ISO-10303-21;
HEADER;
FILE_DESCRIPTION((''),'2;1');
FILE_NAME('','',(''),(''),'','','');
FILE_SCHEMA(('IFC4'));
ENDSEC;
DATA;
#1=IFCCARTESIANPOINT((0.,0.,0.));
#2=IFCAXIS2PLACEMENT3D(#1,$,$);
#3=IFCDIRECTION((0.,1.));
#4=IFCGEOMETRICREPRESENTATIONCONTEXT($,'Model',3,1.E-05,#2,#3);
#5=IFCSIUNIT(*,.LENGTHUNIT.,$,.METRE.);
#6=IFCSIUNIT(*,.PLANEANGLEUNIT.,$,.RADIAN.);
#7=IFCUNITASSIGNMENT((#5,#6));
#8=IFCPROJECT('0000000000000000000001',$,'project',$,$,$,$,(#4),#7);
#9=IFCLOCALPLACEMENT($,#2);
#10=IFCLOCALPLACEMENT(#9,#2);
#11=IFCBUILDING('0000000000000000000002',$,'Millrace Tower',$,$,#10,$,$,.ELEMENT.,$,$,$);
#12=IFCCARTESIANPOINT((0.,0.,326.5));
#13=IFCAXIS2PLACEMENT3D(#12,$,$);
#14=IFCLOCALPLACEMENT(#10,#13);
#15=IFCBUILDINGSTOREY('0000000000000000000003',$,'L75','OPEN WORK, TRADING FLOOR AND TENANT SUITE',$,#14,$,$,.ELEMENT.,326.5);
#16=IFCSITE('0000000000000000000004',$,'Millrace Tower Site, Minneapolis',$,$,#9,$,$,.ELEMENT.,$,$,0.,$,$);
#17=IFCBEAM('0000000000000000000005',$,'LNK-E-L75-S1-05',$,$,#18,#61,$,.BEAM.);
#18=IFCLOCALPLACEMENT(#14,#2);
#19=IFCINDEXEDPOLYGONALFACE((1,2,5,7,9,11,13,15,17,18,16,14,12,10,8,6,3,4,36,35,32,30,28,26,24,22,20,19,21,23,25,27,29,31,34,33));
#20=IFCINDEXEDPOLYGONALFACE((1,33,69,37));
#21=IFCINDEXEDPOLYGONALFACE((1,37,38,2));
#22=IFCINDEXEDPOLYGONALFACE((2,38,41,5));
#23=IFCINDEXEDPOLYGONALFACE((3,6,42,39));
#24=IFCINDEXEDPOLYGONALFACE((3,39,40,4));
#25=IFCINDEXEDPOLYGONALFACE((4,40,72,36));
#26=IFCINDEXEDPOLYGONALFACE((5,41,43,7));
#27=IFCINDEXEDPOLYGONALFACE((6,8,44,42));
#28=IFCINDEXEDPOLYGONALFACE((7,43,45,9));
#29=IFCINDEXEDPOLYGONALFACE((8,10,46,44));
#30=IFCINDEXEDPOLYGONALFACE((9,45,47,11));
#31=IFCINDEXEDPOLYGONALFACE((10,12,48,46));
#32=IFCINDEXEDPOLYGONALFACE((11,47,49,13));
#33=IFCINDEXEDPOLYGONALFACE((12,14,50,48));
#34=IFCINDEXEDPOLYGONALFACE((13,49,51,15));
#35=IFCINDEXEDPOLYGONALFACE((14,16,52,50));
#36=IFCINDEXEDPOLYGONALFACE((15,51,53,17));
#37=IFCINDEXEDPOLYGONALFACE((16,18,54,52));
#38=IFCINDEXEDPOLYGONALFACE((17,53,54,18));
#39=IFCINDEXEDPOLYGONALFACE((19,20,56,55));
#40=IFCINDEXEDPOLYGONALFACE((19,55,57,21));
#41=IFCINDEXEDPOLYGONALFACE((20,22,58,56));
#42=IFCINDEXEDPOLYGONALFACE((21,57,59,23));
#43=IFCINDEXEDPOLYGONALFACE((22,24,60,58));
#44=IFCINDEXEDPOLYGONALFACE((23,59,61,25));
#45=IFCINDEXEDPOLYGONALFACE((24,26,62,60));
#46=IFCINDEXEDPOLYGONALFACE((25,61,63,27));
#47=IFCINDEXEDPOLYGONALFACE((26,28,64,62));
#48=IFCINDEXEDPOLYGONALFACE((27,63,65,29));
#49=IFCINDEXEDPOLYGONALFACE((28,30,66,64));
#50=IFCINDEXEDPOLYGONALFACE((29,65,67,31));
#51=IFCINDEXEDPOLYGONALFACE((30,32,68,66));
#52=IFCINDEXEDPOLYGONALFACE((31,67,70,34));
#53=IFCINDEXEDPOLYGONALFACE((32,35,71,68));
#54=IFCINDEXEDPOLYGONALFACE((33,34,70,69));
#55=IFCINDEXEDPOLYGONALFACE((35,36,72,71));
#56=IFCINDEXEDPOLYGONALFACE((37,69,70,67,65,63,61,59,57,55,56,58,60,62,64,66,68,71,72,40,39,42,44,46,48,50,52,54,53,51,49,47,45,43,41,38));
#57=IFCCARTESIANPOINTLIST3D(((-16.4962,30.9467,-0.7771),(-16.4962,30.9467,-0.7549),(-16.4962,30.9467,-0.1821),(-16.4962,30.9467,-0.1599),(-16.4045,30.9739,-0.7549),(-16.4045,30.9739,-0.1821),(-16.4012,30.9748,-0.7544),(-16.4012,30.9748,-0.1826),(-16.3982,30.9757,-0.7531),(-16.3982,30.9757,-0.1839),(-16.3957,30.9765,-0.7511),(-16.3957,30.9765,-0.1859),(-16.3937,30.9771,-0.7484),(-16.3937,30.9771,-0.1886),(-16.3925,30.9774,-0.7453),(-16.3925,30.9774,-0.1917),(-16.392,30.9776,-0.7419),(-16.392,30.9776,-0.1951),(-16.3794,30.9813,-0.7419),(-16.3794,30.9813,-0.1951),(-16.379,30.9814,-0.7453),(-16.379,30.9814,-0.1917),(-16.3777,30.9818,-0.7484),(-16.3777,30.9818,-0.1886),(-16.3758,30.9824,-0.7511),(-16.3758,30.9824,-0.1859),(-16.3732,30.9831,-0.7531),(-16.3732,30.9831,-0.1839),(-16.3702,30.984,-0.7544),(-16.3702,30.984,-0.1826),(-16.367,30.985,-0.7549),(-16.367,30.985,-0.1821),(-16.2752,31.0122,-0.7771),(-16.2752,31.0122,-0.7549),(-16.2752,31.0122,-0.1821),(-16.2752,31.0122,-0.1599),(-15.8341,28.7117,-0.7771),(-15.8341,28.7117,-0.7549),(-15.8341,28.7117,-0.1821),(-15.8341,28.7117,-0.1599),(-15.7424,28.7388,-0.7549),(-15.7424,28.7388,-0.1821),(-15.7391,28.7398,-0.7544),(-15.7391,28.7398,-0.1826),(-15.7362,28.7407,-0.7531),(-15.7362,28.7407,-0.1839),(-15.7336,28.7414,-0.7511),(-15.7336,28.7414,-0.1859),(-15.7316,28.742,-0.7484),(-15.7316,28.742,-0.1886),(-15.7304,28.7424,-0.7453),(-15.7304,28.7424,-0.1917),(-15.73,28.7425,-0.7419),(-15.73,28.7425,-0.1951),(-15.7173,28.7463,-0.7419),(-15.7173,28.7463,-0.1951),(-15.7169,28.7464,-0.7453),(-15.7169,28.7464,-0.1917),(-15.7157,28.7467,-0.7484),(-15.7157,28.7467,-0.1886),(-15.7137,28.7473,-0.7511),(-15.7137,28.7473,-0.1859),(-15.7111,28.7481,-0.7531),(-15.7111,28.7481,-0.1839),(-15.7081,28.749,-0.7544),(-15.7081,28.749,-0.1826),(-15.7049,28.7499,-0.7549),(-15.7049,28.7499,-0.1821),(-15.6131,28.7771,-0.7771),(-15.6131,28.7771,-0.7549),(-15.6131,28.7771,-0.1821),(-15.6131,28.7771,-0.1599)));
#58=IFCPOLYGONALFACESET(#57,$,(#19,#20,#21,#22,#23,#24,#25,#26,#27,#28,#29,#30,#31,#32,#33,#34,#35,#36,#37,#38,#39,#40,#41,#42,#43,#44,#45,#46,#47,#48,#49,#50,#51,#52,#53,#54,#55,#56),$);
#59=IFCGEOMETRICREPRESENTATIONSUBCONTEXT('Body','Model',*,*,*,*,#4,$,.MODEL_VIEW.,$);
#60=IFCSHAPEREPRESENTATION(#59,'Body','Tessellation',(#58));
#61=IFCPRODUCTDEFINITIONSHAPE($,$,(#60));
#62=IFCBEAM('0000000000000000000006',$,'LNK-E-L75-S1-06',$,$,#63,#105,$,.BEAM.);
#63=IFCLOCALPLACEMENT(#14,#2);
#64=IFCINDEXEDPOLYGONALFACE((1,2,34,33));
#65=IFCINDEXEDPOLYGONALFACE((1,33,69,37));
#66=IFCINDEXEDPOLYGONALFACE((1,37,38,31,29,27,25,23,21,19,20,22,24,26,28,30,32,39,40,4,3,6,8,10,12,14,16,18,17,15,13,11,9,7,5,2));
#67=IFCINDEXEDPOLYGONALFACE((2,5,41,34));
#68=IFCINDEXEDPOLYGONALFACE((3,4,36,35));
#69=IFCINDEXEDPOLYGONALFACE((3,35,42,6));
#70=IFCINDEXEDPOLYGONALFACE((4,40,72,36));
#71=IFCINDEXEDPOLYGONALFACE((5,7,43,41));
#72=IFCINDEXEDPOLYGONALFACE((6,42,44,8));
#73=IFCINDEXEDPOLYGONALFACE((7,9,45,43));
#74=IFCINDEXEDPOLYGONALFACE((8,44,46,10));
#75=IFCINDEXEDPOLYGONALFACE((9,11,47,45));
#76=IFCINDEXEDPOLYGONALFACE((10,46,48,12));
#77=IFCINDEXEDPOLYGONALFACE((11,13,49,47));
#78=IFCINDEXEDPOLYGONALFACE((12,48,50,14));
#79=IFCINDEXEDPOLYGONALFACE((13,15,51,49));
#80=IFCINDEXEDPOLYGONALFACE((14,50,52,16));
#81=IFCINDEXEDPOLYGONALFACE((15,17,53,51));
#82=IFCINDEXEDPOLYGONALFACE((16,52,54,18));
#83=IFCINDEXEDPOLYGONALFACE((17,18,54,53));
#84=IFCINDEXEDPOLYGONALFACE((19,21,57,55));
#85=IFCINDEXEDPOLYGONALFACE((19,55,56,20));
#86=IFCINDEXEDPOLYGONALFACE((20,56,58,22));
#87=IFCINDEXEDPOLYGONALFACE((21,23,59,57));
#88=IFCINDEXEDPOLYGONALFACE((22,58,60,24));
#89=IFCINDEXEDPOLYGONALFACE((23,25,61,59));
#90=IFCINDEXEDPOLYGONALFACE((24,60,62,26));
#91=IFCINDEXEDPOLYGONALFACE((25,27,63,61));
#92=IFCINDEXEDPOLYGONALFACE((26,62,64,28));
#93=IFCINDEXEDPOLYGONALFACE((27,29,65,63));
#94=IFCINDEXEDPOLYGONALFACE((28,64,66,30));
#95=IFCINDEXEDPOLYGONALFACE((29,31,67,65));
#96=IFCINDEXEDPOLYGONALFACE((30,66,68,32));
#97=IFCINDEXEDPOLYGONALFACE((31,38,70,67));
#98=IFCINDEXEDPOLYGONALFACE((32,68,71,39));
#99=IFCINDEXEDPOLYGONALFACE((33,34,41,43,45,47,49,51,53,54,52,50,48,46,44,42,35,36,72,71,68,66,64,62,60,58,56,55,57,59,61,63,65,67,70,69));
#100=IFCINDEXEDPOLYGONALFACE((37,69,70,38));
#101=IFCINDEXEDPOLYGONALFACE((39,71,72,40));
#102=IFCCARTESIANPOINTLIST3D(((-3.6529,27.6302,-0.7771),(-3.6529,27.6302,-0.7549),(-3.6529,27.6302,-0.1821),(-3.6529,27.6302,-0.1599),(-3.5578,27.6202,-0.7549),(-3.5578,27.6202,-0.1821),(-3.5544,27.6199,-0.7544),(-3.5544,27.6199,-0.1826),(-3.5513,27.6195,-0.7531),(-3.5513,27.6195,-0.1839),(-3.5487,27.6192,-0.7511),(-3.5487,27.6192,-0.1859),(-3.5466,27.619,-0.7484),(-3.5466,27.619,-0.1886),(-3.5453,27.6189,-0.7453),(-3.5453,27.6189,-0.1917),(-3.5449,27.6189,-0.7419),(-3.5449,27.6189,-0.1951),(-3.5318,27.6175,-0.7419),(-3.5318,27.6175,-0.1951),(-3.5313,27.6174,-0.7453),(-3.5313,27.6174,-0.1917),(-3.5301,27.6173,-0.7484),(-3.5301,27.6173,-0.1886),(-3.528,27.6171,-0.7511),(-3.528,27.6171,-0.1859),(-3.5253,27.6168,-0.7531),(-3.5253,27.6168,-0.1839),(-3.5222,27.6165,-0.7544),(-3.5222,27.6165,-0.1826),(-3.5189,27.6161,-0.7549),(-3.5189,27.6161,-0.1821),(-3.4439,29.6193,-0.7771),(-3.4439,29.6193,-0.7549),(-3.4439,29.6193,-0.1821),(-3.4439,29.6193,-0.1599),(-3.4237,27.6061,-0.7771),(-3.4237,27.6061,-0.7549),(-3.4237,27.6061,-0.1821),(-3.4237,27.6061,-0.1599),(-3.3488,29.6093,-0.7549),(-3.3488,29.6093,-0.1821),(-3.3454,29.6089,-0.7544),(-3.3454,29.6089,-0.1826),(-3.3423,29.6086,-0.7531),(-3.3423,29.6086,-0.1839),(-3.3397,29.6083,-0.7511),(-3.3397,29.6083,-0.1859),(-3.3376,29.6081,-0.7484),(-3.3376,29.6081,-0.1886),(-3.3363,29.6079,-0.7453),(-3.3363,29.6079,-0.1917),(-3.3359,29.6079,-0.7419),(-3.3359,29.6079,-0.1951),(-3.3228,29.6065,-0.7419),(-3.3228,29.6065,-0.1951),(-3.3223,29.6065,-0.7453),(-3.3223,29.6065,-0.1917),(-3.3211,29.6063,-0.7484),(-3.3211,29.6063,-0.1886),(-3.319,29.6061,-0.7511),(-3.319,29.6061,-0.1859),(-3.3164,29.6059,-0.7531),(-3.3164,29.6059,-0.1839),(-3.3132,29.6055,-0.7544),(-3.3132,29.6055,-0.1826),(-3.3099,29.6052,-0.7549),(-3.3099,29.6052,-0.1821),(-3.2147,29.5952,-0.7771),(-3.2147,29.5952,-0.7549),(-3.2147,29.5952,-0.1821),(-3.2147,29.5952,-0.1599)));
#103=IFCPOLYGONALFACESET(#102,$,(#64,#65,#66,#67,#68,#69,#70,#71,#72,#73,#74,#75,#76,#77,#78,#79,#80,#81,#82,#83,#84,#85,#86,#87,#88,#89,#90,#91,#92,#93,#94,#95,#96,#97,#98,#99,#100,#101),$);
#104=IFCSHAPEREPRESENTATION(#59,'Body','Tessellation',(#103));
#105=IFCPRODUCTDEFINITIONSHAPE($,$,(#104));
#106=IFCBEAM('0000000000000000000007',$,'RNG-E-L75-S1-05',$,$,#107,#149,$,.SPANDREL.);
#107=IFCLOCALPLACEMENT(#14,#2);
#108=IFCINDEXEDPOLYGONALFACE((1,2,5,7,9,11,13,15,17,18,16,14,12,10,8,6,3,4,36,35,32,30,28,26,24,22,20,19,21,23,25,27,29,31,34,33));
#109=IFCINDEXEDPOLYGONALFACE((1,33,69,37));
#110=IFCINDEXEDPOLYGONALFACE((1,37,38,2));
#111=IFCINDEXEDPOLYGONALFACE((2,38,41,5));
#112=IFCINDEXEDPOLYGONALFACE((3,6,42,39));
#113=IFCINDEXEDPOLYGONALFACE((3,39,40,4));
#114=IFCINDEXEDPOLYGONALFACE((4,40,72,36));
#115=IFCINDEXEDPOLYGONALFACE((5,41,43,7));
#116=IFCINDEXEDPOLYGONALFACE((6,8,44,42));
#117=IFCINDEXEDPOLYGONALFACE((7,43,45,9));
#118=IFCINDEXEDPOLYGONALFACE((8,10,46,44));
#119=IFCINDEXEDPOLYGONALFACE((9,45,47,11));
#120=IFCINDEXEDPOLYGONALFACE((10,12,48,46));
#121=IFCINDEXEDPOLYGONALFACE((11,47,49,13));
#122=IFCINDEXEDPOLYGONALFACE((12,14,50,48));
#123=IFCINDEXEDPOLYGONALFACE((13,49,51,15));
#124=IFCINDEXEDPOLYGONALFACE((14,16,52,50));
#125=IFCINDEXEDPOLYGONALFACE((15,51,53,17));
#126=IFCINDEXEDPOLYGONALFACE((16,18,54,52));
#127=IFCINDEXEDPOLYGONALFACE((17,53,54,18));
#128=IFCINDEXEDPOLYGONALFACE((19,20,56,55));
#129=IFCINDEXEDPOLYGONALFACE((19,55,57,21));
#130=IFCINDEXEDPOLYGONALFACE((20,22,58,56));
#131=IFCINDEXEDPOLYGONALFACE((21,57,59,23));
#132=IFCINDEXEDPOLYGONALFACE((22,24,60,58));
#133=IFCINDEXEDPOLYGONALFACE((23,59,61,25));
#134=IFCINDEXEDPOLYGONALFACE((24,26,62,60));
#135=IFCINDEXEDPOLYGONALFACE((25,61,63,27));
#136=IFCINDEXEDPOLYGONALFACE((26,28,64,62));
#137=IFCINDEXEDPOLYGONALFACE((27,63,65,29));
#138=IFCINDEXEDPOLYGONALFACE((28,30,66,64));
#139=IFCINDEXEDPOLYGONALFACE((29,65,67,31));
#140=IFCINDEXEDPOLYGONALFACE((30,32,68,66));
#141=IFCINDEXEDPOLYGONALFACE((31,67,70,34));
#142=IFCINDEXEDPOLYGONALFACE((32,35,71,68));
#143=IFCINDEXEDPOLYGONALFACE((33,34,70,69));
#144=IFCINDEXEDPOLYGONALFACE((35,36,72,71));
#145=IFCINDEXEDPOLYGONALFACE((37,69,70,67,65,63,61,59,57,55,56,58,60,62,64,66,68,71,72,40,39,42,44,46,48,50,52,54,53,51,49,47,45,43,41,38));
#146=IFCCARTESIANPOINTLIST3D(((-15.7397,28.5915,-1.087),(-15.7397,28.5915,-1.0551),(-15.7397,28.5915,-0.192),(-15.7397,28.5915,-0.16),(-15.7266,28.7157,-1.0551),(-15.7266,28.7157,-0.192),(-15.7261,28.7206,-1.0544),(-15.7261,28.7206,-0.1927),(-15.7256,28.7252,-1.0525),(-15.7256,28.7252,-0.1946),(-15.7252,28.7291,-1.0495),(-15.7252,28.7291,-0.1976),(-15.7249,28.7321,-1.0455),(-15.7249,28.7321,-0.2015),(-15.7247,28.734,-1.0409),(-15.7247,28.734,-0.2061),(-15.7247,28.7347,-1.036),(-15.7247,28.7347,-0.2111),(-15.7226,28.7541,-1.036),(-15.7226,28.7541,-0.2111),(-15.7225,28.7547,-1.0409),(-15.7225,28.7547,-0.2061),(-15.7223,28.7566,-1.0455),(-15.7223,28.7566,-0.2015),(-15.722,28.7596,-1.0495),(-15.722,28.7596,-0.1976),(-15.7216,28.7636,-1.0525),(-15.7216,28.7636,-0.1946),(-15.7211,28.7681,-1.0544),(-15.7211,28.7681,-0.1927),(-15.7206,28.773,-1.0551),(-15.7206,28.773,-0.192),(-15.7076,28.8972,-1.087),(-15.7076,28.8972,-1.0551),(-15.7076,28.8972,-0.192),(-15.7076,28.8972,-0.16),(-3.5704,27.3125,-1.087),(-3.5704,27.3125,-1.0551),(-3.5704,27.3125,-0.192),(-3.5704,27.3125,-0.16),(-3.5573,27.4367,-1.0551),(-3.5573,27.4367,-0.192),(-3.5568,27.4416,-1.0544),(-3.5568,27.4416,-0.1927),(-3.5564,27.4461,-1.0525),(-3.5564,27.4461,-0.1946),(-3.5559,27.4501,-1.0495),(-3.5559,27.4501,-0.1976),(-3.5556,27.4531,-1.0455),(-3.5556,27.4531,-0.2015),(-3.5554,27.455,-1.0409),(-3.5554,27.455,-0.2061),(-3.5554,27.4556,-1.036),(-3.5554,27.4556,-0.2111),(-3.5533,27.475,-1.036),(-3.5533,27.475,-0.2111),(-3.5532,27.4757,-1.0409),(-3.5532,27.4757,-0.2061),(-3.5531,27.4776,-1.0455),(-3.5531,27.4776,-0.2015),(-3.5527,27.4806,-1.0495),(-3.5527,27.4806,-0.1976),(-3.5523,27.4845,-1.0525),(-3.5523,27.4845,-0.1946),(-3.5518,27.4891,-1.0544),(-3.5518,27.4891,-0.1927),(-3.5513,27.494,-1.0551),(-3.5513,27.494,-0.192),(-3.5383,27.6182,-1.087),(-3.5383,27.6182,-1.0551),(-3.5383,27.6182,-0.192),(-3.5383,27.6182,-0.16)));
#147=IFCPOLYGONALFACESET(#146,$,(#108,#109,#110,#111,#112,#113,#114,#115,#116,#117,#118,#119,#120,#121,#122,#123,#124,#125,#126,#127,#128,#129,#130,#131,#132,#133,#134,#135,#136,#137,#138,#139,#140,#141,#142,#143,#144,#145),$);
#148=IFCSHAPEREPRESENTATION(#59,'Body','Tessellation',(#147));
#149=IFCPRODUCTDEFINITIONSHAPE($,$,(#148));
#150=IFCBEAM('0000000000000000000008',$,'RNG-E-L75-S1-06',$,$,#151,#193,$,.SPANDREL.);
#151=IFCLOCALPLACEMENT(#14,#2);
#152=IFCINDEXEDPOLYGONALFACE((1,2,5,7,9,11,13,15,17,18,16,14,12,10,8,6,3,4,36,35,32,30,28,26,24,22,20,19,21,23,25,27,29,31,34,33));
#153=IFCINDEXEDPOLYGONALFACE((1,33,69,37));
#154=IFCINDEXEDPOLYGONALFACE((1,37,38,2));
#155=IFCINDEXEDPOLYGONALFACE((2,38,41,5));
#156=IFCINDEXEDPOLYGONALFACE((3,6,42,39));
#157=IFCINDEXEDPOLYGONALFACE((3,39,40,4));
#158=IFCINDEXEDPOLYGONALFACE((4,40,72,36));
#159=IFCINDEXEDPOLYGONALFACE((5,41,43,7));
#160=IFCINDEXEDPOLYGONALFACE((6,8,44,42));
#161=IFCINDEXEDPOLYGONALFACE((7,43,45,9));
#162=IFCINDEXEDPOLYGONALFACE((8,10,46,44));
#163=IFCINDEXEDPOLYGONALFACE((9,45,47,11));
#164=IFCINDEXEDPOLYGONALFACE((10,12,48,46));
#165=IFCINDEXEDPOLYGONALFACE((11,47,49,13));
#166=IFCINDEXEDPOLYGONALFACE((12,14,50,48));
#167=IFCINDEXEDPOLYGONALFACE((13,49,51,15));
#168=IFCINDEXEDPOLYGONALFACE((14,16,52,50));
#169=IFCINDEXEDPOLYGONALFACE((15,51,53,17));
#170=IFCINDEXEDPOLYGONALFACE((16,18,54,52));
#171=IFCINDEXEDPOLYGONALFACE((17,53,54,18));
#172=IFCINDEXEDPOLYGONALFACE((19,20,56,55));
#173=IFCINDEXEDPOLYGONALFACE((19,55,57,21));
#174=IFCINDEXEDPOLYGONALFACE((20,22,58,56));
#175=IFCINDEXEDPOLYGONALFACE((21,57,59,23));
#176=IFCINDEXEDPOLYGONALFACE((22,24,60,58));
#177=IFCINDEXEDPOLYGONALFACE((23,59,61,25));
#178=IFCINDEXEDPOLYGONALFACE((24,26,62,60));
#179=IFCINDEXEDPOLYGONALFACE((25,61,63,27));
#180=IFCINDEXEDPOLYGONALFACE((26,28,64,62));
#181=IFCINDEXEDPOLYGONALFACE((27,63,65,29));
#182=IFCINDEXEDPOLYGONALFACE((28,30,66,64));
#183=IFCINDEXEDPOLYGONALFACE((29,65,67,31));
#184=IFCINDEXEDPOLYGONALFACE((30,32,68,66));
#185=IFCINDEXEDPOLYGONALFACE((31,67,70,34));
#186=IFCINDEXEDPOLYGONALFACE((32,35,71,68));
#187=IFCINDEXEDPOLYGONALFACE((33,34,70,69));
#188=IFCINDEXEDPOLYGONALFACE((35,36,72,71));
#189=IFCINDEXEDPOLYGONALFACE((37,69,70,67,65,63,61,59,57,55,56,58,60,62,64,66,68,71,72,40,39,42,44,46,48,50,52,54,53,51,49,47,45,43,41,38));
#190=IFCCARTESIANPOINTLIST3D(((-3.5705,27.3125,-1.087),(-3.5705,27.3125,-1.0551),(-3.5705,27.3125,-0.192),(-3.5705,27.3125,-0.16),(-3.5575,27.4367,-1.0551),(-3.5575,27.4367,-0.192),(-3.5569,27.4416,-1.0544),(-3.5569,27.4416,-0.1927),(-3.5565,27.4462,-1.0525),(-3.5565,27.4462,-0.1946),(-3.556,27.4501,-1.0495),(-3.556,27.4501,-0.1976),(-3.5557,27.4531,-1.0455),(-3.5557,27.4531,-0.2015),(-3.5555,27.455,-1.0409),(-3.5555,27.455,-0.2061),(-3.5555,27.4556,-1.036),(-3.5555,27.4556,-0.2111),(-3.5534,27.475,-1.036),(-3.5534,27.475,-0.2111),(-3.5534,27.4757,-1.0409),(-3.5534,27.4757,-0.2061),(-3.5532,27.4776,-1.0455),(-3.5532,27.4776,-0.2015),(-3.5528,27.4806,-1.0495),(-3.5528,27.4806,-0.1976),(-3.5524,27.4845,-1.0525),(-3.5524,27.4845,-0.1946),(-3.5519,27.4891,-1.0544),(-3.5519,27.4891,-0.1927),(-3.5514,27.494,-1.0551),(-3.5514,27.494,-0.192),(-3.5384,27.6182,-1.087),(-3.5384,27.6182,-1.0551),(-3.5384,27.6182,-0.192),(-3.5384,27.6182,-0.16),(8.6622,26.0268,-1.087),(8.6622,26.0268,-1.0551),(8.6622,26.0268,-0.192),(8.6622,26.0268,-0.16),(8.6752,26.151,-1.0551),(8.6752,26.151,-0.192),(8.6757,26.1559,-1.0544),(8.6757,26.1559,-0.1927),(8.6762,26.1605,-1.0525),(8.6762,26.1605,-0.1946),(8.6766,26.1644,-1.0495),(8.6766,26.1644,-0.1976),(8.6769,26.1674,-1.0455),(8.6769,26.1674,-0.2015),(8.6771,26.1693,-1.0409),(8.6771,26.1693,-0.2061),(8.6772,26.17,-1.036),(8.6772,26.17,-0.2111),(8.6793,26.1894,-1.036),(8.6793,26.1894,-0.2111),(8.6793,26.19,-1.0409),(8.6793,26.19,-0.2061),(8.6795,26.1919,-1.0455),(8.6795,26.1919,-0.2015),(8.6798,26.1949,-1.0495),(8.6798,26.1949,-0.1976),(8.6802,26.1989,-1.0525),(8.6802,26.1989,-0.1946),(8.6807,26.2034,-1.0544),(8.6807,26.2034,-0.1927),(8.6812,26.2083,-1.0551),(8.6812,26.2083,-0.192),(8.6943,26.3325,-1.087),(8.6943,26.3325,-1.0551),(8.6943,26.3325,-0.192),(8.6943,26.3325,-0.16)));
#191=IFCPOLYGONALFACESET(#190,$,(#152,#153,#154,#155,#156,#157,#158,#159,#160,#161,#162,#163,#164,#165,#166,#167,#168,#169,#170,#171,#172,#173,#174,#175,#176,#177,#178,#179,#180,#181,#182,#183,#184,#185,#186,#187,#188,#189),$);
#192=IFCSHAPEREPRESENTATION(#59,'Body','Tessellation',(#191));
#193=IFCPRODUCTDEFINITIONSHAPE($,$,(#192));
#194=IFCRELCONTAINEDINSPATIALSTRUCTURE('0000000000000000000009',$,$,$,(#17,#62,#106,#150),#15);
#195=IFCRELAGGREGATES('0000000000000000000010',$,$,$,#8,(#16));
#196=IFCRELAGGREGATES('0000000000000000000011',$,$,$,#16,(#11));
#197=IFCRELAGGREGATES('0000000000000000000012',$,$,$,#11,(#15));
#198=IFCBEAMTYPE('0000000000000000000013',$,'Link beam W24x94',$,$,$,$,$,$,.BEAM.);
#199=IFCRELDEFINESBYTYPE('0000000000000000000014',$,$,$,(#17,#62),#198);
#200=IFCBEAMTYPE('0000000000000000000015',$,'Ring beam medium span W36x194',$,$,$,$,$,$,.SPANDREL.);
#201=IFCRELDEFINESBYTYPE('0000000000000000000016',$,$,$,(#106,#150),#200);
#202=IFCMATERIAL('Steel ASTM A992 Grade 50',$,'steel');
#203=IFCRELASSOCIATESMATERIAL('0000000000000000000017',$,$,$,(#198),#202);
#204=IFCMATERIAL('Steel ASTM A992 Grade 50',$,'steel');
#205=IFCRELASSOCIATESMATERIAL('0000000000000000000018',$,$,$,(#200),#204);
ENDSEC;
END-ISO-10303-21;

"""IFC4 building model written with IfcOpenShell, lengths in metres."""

from ifc_helpers import new_model, si_unit, direction, frame, origin, origin_2d, place, context, subcontext, project, spatial, i_section, extrude, material, material_profile, profile_set, type_object, element, save


model = new_model("IFC4")

# Units and contexts
model_context = context("Model", 3, precision=1e-05, world=origin(), true_north=direction((0.0, 1.0)))
body_context = subcontext(model_context, "Body", "Model", "MODEL_VIEW")
ifc_project = project(units=[si_unit("LENGTHUNIT", "METRE"), si_unit("PLANEANGLEUNIT", "RADIAN")], contexts=[model_context])

# Site, building, storey
site_placement = place(None, origin())
site = spatial("IfcSite", under=ifc_project, at=site_placement, Name="Millrace Tower Site, Minneapolis", CompositionType="ELEMENT", RefElevation=0.0)
building_placement = place(site_placement, origin())
building = spatial("IfcBuilding", under=site, at=building_placement, Name="Millrace Tower", CompositionType="ELEMENT")
storey_placement = place(building_placement, frame((0.0, 0.0, 326.5)))
storey = spatial("IfcBuildingStorey", under=building, at=storey_placement, Name="L75", Description="OPEN WORK, TRADING FLOOR AND TENANT SUITE", CompositionType="ELEMENT", Elevation=326.5)

# Beams
ifc_material_1 = material(Name="Steel ASTM A992 Grade 50", Category="steel")
ifc_material_profile_1 = material_profile(ifc_material_1, i_section(OverallWidth=0.2305, OverallDepth=0.6172, WebThickness=0.0132, FlangeThickness=0.0222, FilletRadius=0.0129, at=origin_2d()))
ifc_profile_set_1 = profile_set([ifc_material_profile_1], Name="Steel ASTM A992 Grade 50")
beam_type_1 = type_object("IfcBeamType", Name="Link beam W24x94", PredefinedType="BEAM", material=ifc_profile_set_1)
beam_1_placement = place(storey_placement, frame((-15.7236, 28.7444, -0.4685), z_axis=(-0.284031, 0.958815, 0.0), x_axis=(-0.958815, -0.284031, 0.0)))
element("IfcBeam", 1, at=beam_1_placement, inside=storey, type_object=beam_type_1, Name="LNK-E-L75-S1-05", PredefinedType="BEAM", context=body_context, shape_type="SweptSolid", body=[
    extrude(i_section(OverallWidth=0.2305, OverallDepth=0.6172, WebThickness=0.0132, FlangeThickness=0.0222, FilletRadius=0.0129, at=origin_2d()), origin(), (0.0, 0.0, 1.0), 2.3311),
])
beam_2_placement = place(storey_placement, frame((-3.5383, 27.6182, -0.4685), z_axis=(0.104494, 0.994526, 0.0), x_axis=(-0.994526, 0.104494, 0.0)))
element("IfcBeam", 2, at=beam_2_placement, inside=storey, type_object=beam_type_1, Name="LNK-E-L75-S1-06", PredefinedType="BEAM", context=body_context, shape_type="SweptSolid", body=[
    extrude(i_section(OverallWidth=0.2305, OverallDepth=0.6172, WebThickness=0.0132, FlangeThickness=0.0222, FilletRadius=0.0129, at=origin_2d()), origin(), (0.0, 0.0, 1.0), 2.0),
])
ifc_material_2 = material(Name="Steel ASTM A992 Grade 50", Category="steel")
ifc_material_profile_2 = material_profile(ifc_material_2, i_section(OverallWidth=0.3074, OverallDepth=0.927, WebThickness=0.0195, FlangeThickness=0.032, FilletRadius=0.019, at=origin_2d()))
ifc_profile_set_2 = profile_set([ifc_material_profile_2], Name="Steel ASTM A992 Grade 50")
beam_type_2 = type_object("IfcBeamType", Name="Ring beam medium span W36x194", PredefinedType="SPANDREL", material=ifc_profile_set_2)
beam_3_placement = place(storey_placement, frame((-15.7236, 28.7444, -0.6235), z_axis=(0.994522, -0.10453, 0.0), x_axis=(0.10453, 0.994522, 0.0)))
element("IfcBeam", 3, at=beam_3_placement, inside=storey, type_object=beam_type_2, Name="RNG-E-L75-S1-05", PredefinedType="SPANDREL", context=body_context, shape_type="SweptSolid", body=[
    extrude(i_section(OverallWidth=0.3074, OverallDepth=0.927, WebThickness=0.0195, FlangeThickness=0.032, FilletRadius=0.019, at=origin_2d()), origin(), (0.0, 0.0, 1.0), 12.2363),
])
beam_4_placement = place(storey_placement, frame((-3.5544, 27.4653, -0.6235), z_axis=(0.994522, -0.104524, 0.0), x_axis=(0.104524, 0.994522, 0.0)))
element("IfcBeam", 4, at=beam_4_placement, inside=storey, type_object=beam_type_2, Name="RNG-E-L75-S1-06", PredefinedType="SPANDREL", context=body_context, shape_type="SweptSolid", body=[
    extrude(i_section(OverallWidth=0.3074, OverallDepth=0.927, WebThickness=0.0195, FlangeThickness=0.032, FilletRadius=0.019, at=origin_2d()), origin(), (0.0, 0.0, 1.0), 12.3),
])

save(model, "model.ifc")
